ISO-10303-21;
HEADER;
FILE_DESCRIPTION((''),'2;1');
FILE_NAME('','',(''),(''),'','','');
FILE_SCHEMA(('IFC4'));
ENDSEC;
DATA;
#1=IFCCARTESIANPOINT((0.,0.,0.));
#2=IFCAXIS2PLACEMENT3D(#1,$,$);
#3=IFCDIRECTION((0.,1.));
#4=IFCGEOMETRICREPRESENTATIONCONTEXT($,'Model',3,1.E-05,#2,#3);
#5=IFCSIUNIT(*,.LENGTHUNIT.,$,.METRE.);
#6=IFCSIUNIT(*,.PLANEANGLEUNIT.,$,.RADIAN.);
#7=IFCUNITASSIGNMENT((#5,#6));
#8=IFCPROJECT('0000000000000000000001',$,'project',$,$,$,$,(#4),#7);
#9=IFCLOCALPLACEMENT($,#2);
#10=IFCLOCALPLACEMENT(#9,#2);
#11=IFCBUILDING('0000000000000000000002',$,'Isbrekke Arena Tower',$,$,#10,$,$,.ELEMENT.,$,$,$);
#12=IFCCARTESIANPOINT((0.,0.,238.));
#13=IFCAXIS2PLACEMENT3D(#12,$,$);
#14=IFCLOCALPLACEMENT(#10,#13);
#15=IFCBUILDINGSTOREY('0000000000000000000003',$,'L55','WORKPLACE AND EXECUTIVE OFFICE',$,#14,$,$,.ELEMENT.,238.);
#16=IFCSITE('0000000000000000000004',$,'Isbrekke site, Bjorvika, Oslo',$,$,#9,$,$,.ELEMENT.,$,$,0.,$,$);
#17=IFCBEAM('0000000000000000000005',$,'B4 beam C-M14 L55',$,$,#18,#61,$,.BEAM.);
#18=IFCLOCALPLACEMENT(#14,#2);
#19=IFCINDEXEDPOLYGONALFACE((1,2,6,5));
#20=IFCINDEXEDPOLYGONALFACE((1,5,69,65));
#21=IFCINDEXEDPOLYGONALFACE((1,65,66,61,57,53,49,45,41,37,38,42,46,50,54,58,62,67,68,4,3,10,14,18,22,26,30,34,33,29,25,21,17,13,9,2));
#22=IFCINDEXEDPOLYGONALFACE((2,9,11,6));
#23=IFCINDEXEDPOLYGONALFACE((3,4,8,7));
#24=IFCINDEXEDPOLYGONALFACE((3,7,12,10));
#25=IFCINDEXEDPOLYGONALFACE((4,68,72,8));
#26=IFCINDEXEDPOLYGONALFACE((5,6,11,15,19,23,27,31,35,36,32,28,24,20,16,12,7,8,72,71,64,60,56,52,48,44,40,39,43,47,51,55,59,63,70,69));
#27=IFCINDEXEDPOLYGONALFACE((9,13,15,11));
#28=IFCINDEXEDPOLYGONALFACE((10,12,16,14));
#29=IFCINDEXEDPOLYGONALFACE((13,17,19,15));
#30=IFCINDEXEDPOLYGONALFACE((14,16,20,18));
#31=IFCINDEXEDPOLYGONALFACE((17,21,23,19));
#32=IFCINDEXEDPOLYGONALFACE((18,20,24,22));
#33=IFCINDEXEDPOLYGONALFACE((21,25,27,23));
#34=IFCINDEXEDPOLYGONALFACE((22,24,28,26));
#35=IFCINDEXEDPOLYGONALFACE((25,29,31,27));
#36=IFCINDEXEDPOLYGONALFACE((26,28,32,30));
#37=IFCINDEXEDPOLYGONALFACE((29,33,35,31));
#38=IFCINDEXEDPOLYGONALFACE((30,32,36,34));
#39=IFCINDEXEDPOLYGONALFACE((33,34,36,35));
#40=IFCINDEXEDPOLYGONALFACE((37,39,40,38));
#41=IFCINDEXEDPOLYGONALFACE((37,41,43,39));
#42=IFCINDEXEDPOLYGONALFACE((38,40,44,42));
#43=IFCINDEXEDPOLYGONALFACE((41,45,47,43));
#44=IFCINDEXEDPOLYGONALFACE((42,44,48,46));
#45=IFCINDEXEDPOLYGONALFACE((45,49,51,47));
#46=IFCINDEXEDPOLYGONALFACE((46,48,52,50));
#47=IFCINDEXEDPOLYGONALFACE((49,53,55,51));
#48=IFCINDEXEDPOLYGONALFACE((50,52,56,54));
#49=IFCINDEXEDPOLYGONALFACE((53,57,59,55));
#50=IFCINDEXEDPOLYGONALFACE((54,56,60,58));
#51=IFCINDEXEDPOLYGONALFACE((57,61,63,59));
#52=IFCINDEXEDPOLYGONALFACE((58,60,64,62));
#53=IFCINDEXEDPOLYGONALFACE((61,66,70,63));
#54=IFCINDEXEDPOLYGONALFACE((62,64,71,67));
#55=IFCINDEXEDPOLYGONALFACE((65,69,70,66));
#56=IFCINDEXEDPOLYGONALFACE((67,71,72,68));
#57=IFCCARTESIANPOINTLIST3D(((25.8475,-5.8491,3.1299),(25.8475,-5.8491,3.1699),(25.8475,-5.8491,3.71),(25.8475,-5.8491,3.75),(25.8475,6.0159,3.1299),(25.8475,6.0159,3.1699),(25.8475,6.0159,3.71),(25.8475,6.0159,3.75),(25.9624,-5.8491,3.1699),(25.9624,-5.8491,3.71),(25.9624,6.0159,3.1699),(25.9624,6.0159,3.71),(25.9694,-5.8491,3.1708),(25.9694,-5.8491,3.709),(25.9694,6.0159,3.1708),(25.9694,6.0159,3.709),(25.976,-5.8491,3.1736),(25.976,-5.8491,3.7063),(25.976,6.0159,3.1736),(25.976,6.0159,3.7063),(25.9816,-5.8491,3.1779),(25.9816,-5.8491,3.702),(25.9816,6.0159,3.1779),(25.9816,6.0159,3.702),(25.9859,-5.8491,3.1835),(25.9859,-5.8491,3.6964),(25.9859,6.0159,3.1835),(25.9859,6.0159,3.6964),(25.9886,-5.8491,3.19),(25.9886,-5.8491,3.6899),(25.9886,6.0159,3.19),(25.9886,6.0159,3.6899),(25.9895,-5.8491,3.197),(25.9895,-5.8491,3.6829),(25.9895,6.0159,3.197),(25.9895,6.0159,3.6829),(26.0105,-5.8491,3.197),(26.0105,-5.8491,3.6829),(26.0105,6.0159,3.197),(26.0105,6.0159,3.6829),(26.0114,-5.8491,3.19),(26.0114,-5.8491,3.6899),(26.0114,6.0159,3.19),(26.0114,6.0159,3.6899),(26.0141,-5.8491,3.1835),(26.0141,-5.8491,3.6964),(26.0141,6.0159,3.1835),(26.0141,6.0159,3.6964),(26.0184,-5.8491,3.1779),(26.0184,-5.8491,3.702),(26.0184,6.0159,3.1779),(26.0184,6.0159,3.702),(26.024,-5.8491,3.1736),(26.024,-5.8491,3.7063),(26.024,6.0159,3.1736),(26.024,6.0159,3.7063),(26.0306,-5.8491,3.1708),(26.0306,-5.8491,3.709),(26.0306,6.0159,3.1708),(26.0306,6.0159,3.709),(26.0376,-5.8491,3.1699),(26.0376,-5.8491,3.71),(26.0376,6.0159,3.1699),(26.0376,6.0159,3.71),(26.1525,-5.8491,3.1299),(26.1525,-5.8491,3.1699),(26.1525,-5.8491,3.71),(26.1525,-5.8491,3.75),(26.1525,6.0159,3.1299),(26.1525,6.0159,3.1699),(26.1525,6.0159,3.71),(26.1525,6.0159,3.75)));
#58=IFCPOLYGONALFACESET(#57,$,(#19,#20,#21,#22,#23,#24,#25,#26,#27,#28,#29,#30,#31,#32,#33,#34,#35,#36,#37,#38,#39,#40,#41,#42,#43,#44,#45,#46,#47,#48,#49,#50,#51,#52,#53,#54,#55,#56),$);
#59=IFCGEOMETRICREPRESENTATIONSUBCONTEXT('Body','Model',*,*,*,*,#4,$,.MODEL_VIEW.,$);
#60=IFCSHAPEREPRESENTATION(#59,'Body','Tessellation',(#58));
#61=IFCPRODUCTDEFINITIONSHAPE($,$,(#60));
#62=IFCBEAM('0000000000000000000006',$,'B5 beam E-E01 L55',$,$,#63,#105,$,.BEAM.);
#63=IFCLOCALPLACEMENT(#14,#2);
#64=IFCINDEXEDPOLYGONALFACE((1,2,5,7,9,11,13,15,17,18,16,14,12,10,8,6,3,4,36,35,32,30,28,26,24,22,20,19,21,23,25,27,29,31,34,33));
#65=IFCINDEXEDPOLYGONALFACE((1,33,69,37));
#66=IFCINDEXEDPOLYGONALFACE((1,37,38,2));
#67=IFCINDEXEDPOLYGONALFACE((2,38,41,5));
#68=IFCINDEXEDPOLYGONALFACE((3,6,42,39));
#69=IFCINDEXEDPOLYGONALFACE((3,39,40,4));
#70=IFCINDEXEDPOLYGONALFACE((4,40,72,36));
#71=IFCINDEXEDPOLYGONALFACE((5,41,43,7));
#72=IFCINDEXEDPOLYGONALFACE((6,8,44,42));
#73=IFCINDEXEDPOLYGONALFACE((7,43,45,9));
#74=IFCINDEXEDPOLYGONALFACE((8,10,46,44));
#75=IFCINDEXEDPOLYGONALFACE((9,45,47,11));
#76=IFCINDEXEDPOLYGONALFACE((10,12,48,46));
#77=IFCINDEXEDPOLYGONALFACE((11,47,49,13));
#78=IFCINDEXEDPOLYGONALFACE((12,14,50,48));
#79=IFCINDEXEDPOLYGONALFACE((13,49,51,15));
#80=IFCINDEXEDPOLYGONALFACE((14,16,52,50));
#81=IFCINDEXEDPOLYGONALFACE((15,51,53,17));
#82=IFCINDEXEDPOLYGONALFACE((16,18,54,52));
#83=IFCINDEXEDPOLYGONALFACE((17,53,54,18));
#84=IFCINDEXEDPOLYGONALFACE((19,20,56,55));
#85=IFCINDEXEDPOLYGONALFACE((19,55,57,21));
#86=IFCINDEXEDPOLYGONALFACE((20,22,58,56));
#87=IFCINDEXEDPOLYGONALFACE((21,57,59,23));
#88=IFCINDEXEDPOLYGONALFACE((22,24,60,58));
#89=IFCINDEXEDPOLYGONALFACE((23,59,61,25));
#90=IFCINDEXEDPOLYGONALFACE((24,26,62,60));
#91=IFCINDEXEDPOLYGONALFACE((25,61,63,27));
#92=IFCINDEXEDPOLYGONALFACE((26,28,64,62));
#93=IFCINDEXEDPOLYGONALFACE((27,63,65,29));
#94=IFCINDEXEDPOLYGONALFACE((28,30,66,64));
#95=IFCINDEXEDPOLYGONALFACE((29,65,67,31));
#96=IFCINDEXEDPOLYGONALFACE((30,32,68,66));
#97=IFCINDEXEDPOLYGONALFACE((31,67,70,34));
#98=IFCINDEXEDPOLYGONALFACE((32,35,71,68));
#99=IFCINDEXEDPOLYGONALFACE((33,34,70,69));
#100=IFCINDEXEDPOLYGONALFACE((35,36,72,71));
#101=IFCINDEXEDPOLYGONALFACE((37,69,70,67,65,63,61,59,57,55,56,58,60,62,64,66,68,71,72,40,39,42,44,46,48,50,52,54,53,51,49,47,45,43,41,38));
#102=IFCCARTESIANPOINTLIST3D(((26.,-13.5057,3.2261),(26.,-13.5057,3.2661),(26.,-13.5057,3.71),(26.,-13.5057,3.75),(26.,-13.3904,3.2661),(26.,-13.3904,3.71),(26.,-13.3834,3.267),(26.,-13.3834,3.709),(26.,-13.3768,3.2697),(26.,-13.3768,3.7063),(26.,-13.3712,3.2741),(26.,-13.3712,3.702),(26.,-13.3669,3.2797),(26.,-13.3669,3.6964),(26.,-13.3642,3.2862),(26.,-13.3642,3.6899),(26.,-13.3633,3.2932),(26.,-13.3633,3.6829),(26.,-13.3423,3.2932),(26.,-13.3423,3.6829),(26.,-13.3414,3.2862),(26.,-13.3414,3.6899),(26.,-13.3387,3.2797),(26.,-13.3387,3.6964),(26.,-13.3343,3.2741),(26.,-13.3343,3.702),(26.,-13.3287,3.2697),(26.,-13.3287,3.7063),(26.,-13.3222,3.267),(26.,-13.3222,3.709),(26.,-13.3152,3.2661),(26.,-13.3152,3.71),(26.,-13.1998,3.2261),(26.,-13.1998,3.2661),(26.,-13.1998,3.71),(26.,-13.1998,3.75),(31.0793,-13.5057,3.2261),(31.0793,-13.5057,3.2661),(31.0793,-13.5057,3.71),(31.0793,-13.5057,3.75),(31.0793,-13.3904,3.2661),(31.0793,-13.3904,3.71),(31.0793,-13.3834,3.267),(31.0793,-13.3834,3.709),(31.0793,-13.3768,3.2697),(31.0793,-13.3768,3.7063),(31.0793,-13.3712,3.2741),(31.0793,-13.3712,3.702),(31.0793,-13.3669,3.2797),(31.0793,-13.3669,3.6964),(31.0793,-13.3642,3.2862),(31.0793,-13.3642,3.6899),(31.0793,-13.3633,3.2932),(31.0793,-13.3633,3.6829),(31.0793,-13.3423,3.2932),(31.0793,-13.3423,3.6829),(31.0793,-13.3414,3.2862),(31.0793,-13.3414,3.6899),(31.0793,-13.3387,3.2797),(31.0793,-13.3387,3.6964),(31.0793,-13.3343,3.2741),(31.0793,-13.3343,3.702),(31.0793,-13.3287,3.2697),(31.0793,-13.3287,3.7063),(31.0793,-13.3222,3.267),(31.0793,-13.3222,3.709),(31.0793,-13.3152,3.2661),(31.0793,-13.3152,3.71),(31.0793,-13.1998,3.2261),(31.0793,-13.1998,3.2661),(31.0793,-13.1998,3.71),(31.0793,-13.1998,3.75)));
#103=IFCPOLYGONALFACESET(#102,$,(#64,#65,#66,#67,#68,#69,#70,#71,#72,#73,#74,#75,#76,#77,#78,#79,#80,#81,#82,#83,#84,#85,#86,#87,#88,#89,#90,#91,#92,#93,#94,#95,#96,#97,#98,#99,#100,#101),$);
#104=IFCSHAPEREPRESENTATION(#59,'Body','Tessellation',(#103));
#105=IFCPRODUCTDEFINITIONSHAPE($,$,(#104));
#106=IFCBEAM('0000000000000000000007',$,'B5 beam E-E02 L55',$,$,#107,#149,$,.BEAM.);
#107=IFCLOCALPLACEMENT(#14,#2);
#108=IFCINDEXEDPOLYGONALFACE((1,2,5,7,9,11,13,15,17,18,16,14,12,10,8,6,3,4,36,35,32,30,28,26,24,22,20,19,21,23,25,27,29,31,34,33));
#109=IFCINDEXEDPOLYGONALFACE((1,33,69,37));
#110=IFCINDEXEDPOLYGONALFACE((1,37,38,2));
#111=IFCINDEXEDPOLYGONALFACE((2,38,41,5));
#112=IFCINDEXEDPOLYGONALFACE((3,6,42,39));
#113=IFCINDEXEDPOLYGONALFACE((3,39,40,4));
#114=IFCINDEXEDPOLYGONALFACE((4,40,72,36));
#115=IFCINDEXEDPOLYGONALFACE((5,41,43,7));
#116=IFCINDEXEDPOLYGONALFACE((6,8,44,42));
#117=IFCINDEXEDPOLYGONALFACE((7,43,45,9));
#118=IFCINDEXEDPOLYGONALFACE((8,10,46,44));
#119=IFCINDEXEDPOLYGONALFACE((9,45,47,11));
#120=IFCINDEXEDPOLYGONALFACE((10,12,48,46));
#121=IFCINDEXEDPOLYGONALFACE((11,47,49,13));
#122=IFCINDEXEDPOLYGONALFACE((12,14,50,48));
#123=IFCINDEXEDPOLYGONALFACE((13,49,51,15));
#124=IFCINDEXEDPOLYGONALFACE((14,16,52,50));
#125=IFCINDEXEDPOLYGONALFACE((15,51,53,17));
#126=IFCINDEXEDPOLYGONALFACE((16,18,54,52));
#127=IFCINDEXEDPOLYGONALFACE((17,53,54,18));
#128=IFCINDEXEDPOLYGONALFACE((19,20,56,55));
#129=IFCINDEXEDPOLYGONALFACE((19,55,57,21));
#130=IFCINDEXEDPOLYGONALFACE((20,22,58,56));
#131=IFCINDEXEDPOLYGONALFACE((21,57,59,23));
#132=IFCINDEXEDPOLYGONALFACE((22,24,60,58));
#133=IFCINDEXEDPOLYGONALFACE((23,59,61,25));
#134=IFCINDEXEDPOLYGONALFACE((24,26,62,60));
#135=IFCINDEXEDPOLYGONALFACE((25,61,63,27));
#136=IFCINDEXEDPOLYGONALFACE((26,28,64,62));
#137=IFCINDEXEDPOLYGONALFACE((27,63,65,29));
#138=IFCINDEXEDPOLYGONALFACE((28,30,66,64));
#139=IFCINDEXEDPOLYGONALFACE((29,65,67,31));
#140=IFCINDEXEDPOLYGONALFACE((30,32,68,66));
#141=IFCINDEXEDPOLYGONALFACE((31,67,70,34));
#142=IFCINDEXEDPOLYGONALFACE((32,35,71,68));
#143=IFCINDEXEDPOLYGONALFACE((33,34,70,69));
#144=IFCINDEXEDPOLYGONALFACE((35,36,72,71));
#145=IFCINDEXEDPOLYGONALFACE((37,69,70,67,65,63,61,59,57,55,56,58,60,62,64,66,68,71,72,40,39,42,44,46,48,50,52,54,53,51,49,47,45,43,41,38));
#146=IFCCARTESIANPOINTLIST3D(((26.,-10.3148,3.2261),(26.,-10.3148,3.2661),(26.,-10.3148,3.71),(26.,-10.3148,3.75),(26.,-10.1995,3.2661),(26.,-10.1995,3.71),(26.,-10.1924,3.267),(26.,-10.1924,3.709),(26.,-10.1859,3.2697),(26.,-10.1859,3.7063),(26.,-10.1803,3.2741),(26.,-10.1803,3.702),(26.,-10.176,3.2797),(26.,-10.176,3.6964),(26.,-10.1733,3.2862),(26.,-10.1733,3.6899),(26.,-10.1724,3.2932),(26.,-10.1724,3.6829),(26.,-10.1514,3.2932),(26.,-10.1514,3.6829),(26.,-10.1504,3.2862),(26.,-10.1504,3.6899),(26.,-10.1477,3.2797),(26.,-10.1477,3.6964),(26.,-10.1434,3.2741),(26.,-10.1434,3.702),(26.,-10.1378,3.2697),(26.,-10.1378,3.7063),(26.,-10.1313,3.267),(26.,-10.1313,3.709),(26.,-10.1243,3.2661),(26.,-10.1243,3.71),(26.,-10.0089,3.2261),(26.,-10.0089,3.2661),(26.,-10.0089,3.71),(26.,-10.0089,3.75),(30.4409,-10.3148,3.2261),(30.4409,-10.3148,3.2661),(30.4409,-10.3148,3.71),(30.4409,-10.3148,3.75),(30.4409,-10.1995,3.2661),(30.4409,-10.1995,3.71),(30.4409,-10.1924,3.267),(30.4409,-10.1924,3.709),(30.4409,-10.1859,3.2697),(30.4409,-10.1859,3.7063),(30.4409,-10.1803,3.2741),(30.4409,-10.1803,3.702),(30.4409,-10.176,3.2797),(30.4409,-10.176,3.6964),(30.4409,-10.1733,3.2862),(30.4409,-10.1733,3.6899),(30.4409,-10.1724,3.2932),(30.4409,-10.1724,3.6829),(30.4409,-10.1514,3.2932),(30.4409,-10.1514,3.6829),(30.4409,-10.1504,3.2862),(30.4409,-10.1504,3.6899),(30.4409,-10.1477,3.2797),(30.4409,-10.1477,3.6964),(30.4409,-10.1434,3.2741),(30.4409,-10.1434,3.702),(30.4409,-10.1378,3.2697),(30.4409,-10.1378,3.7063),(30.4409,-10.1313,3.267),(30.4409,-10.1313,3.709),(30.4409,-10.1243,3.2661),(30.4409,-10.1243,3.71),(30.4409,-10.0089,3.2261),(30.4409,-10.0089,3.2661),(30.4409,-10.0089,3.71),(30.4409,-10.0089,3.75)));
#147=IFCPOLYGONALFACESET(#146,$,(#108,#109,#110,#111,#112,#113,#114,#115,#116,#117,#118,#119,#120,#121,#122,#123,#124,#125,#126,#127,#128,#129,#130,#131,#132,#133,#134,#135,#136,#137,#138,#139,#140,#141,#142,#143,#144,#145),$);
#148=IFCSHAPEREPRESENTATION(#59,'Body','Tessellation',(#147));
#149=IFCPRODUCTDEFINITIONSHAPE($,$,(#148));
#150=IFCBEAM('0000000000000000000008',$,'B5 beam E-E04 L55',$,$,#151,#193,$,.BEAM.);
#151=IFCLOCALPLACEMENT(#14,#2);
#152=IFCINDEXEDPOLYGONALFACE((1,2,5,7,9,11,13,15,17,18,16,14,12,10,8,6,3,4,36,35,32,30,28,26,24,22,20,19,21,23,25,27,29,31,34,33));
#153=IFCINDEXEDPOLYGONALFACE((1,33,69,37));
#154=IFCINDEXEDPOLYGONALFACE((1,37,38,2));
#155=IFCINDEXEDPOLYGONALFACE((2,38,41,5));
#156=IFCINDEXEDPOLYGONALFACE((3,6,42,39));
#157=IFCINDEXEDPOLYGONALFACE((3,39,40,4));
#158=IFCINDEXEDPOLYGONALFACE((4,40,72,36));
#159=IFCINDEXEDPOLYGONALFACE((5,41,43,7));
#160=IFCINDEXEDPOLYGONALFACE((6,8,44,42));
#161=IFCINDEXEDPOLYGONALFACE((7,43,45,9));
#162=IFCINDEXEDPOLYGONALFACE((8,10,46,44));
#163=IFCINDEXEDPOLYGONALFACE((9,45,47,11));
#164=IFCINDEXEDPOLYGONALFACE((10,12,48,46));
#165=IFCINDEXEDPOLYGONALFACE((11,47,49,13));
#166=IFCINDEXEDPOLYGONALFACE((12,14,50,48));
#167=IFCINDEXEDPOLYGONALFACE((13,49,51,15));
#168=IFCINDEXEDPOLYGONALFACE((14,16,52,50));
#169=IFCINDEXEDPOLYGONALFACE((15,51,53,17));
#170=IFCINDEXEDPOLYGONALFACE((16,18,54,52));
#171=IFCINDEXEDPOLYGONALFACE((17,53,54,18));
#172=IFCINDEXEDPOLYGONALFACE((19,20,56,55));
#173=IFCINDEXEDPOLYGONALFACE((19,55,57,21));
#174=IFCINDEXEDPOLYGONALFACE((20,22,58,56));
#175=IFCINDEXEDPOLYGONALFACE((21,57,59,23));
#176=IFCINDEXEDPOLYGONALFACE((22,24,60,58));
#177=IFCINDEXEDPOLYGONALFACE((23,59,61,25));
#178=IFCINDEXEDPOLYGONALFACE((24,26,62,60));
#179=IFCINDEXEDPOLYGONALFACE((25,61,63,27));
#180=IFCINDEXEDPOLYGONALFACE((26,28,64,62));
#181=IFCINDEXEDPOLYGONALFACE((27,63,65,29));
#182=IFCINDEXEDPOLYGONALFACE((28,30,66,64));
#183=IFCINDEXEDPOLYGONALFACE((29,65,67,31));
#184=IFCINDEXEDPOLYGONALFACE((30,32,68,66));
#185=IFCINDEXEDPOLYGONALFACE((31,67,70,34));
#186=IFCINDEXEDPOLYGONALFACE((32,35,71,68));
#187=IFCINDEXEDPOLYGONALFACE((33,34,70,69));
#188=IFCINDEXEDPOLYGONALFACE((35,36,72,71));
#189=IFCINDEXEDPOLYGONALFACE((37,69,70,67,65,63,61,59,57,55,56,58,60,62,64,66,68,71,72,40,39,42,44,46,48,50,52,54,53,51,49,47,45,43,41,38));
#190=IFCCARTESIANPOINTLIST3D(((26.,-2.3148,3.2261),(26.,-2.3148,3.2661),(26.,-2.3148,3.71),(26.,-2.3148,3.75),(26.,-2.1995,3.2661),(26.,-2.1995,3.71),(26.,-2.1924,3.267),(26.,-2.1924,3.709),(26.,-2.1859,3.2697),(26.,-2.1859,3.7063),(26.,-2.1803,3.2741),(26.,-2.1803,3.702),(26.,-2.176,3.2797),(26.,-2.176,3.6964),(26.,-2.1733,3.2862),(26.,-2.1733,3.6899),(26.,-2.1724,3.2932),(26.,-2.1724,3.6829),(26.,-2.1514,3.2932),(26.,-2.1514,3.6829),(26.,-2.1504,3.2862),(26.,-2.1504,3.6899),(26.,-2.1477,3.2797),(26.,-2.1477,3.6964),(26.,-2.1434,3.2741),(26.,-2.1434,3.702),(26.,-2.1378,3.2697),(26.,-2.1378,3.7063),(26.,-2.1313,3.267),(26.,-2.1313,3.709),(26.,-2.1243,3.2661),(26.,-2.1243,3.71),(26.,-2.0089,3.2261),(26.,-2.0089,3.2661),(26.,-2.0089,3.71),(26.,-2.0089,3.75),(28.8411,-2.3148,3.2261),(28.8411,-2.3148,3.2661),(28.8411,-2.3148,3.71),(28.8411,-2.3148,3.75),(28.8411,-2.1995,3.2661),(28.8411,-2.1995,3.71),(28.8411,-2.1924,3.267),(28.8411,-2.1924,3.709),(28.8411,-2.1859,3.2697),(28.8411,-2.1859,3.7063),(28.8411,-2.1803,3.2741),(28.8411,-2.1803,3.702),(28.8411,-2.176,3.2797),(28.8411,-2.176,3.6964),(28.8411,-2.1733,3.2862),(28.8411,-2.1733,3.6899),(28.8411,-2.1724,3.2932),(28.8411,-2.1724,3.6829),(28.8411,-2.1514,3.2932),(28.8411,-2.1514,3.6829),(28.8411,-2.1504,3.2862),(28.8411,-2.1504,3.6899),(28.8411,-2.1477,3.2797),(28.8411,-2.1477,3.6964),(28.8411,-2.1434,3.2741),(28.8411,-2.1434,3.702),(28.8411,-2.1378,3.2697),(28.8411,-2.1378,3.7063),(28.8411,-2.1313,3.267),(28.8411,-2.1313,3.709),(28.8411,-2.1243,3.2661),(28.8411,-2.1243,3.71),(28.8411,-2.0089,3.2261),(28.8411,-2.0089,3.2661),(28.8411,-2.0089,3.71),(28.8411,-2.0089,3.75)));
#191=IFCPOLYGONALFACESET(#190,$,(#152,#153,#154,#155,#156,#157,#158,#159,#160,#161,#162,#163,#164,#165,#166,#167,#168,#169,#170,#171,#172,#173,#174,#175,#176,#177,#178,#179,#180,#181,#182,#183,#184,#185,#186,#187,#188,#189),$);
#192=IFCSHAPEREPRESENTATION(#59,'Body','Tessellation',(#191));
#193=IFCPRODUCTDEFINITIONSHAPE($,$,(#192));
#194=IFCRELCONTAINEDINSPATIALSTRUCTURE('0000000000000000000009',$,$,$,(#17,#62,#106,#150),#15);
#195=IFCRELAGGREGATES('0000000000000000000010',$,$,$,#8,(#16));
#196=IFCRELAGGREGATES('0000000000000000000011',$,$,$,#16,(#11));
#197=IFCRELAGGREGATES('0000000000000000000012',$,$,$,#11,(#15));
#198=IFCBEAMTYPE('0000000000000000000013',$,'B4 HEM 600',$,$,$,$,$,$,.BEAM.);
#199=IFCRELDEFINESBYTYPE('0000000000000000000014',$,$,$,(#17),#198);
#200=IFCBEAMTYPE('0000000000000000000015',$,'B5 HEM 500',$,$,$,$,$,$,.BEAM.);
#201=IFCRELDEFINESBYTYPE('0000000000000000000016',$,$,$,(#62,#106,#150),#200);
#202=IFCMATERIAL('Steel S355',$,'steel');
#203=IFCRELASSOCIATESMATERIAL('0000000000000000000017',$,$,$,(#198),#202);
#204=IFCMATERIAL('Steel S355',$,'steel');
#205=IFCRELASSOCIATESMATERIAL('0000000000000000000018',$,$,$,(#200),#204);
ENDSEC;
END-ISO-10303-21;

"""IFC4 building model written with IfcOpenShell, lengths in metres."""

from ifc_helpers import new_model, si_unit, direction, frame, origin, origin_2d, place, context, subcontext, project, spatial, i_section, extrude, material, material_profile, profile_set, type_object, element, save


model = new_model("IFC4")

# Units and contexts
model_context = context("Model", 3, precision=1e-05, world=origin(), true_north=direction((0.0, 1.0)))
body_context = subcontext(model_context, "Body", "Model", "MODEL_VIEW")
ifc_project = project(units=[si_unit("LENGTHUNIT", "METRE"), si_unit("PLANEANGLEUNIT", "RADIAN")], contexts=[model_context])

# Site, building, storey
site_placement = place(None, origin())
site = spatial("IfcSite", under=ifc_project, at=site_placement, Name="Isbrekke site, Bjorvika, Oslo", CompositionType="ELEMENT", RefElevation=0.0)
building_placement = place(site_placement, origin())
building = spatial("IfcBuilding", under=site, at=building_placement, Name="Isbrekke Arena Tower", CompositionType="ELEMENT")
storey_placement = place(building_placement, frame((0.0, 0.0, 238.0)))
storey = spatial("IfcBuildingStorey", under=building, at=storey_placement, Name="L55", Description="WORKPLACE AND EXECUTIVE OFFICE", CompositionType="ELEMENT", Elevation=238.0)

# Beams
ifc_material_1 = material(Name="Steel S355", Category="steel")
ifc_material_profile_1 = material_profile(ifc_material_1, i_section(OverallWidth=0.3049, OverallDepth=0.6201, WebThickness=0.021, FlangeThickness=0.04, FilletRadius=0.0271, at=origin_2d()), Name="HEM 600")
ifc_profile_set_1 = profile_set([ifc_material_profile_1], Name="Steel S355")
beam_type_1 = type_object("IfcBeamType", Name="B4 HEM 600", PredefinedType="BEAM", material=ifc_profile_set_1)
beam_1_placement = place(storey_placement, frame((26.0, -5.8491, 3.4399), z_axis=(0.0, 1.0, 0.0), x_axis=(-1.0, 0.0, 0.0)))
element("IfcBeam", 1, at=beam_1_placement, inside=storey, type_object=beam_type_1, Name="B4 beam C-M14 L55", PredefinedType="BEAM", context=body_context, shape_type="SweptSolid", body=[
    extrude(i_section(OverallWidth=0.3049, OverallDepth=0.6201, WebThickness=0.021, FlangeThickness=0.04, FilletRadius=0.0271, at=origin_2d()), origin(), (0.0, 0.0, 1.0), 11.865),
])
ifc_material_2 = material(Name="Steel S355", Category="steel")
ifc_material_profile_2 = material_profile(ifc_material_2, i_section(OverallWidth=0.3059, OverallDepth=0.5239, WebThickness=0.021, FlangeThickness=0.04, FilletRadius=0.0271, at=origin_2d()), Name="HEM 500")
ifc_profile_set_2 = profile_set([ifc_material_profile_2], Name="Steel S355")
beam_type_2 = type_object("IfcBeamType", Name="B5 HEM 500", PredefinedType="BEAM", material=ifc_profile_set_2)
beam_2_placement = place(storey_placement, frame((31.0793, -13.3528, 3.488), z_axis=(-1.0, 0.0, 0.0), x_axis=(0.0, -1.0, 0.0)))
element("IfcBeam", 2, at=beam_2_placement, inside=storey, type_object=beam_type_2, Name="B5 beam E-E01 L55", PredefinedType="BEAM", context=body_context, shape_type="SweptSolid", body=[
    extrude(i_section(OverallWidth=0.3059, OverallDepth=0.5239, WebThickness=0.021, FlangeThickness=0.04, FilletRadius=0.0271, at=origin_2d()), origin(), (0.0, 0.0, 1.0), 5.0793),
])
beam_3_placement = place(storey_placement, frame((30.4409, -10.1619, 3.488), z_axis=(-1.0, 0.0, 0.0), x_axis=(0.0, -1.0, 0.0)))
element("IfcBeam", 3, at=beam_3_placement, inside=storey, type_object=beam_type_2, Name="B5 beam E-E02 L55", PredefinedType="BEAM", context=body_context, shape_type="SweptSolid", body=[
    extrude(i_section(OverallWidth=0.3059, OverallDepth=0.5239, WebThickness=0.021, FlangeThickness=0.04, FilletRadius=0.0271, at=origin_2d()), origin(), (0.0, 0.0, 1.0), 4.4409),
])
beam_4_placement = place(storey_placement, frame((28.8411, -2.1619, 3.488), z_axis=(-1.0, 0.0, 0.0), x_axis=(0.0, -1.0, 0.0)))
element("IfcBeam", 4, at=beam_4_placement, inside=storey, type_object=beam_type_2, Name="B5 beam E-E04 L55", PredefinedType="BEAM", context=body_context, shape_type="SweptSolid", body=[
    extrude(i_section(OverallWidth=0.3059, OverallDepth=0.5239, WebThickness=0.021, FlangeThickness=0.04, FilletRadius=0.0271, at=origin_2d()), origin(), (0.0, 0.0, 1.0), 2.8411),
])

save(model, "model.ifc")
